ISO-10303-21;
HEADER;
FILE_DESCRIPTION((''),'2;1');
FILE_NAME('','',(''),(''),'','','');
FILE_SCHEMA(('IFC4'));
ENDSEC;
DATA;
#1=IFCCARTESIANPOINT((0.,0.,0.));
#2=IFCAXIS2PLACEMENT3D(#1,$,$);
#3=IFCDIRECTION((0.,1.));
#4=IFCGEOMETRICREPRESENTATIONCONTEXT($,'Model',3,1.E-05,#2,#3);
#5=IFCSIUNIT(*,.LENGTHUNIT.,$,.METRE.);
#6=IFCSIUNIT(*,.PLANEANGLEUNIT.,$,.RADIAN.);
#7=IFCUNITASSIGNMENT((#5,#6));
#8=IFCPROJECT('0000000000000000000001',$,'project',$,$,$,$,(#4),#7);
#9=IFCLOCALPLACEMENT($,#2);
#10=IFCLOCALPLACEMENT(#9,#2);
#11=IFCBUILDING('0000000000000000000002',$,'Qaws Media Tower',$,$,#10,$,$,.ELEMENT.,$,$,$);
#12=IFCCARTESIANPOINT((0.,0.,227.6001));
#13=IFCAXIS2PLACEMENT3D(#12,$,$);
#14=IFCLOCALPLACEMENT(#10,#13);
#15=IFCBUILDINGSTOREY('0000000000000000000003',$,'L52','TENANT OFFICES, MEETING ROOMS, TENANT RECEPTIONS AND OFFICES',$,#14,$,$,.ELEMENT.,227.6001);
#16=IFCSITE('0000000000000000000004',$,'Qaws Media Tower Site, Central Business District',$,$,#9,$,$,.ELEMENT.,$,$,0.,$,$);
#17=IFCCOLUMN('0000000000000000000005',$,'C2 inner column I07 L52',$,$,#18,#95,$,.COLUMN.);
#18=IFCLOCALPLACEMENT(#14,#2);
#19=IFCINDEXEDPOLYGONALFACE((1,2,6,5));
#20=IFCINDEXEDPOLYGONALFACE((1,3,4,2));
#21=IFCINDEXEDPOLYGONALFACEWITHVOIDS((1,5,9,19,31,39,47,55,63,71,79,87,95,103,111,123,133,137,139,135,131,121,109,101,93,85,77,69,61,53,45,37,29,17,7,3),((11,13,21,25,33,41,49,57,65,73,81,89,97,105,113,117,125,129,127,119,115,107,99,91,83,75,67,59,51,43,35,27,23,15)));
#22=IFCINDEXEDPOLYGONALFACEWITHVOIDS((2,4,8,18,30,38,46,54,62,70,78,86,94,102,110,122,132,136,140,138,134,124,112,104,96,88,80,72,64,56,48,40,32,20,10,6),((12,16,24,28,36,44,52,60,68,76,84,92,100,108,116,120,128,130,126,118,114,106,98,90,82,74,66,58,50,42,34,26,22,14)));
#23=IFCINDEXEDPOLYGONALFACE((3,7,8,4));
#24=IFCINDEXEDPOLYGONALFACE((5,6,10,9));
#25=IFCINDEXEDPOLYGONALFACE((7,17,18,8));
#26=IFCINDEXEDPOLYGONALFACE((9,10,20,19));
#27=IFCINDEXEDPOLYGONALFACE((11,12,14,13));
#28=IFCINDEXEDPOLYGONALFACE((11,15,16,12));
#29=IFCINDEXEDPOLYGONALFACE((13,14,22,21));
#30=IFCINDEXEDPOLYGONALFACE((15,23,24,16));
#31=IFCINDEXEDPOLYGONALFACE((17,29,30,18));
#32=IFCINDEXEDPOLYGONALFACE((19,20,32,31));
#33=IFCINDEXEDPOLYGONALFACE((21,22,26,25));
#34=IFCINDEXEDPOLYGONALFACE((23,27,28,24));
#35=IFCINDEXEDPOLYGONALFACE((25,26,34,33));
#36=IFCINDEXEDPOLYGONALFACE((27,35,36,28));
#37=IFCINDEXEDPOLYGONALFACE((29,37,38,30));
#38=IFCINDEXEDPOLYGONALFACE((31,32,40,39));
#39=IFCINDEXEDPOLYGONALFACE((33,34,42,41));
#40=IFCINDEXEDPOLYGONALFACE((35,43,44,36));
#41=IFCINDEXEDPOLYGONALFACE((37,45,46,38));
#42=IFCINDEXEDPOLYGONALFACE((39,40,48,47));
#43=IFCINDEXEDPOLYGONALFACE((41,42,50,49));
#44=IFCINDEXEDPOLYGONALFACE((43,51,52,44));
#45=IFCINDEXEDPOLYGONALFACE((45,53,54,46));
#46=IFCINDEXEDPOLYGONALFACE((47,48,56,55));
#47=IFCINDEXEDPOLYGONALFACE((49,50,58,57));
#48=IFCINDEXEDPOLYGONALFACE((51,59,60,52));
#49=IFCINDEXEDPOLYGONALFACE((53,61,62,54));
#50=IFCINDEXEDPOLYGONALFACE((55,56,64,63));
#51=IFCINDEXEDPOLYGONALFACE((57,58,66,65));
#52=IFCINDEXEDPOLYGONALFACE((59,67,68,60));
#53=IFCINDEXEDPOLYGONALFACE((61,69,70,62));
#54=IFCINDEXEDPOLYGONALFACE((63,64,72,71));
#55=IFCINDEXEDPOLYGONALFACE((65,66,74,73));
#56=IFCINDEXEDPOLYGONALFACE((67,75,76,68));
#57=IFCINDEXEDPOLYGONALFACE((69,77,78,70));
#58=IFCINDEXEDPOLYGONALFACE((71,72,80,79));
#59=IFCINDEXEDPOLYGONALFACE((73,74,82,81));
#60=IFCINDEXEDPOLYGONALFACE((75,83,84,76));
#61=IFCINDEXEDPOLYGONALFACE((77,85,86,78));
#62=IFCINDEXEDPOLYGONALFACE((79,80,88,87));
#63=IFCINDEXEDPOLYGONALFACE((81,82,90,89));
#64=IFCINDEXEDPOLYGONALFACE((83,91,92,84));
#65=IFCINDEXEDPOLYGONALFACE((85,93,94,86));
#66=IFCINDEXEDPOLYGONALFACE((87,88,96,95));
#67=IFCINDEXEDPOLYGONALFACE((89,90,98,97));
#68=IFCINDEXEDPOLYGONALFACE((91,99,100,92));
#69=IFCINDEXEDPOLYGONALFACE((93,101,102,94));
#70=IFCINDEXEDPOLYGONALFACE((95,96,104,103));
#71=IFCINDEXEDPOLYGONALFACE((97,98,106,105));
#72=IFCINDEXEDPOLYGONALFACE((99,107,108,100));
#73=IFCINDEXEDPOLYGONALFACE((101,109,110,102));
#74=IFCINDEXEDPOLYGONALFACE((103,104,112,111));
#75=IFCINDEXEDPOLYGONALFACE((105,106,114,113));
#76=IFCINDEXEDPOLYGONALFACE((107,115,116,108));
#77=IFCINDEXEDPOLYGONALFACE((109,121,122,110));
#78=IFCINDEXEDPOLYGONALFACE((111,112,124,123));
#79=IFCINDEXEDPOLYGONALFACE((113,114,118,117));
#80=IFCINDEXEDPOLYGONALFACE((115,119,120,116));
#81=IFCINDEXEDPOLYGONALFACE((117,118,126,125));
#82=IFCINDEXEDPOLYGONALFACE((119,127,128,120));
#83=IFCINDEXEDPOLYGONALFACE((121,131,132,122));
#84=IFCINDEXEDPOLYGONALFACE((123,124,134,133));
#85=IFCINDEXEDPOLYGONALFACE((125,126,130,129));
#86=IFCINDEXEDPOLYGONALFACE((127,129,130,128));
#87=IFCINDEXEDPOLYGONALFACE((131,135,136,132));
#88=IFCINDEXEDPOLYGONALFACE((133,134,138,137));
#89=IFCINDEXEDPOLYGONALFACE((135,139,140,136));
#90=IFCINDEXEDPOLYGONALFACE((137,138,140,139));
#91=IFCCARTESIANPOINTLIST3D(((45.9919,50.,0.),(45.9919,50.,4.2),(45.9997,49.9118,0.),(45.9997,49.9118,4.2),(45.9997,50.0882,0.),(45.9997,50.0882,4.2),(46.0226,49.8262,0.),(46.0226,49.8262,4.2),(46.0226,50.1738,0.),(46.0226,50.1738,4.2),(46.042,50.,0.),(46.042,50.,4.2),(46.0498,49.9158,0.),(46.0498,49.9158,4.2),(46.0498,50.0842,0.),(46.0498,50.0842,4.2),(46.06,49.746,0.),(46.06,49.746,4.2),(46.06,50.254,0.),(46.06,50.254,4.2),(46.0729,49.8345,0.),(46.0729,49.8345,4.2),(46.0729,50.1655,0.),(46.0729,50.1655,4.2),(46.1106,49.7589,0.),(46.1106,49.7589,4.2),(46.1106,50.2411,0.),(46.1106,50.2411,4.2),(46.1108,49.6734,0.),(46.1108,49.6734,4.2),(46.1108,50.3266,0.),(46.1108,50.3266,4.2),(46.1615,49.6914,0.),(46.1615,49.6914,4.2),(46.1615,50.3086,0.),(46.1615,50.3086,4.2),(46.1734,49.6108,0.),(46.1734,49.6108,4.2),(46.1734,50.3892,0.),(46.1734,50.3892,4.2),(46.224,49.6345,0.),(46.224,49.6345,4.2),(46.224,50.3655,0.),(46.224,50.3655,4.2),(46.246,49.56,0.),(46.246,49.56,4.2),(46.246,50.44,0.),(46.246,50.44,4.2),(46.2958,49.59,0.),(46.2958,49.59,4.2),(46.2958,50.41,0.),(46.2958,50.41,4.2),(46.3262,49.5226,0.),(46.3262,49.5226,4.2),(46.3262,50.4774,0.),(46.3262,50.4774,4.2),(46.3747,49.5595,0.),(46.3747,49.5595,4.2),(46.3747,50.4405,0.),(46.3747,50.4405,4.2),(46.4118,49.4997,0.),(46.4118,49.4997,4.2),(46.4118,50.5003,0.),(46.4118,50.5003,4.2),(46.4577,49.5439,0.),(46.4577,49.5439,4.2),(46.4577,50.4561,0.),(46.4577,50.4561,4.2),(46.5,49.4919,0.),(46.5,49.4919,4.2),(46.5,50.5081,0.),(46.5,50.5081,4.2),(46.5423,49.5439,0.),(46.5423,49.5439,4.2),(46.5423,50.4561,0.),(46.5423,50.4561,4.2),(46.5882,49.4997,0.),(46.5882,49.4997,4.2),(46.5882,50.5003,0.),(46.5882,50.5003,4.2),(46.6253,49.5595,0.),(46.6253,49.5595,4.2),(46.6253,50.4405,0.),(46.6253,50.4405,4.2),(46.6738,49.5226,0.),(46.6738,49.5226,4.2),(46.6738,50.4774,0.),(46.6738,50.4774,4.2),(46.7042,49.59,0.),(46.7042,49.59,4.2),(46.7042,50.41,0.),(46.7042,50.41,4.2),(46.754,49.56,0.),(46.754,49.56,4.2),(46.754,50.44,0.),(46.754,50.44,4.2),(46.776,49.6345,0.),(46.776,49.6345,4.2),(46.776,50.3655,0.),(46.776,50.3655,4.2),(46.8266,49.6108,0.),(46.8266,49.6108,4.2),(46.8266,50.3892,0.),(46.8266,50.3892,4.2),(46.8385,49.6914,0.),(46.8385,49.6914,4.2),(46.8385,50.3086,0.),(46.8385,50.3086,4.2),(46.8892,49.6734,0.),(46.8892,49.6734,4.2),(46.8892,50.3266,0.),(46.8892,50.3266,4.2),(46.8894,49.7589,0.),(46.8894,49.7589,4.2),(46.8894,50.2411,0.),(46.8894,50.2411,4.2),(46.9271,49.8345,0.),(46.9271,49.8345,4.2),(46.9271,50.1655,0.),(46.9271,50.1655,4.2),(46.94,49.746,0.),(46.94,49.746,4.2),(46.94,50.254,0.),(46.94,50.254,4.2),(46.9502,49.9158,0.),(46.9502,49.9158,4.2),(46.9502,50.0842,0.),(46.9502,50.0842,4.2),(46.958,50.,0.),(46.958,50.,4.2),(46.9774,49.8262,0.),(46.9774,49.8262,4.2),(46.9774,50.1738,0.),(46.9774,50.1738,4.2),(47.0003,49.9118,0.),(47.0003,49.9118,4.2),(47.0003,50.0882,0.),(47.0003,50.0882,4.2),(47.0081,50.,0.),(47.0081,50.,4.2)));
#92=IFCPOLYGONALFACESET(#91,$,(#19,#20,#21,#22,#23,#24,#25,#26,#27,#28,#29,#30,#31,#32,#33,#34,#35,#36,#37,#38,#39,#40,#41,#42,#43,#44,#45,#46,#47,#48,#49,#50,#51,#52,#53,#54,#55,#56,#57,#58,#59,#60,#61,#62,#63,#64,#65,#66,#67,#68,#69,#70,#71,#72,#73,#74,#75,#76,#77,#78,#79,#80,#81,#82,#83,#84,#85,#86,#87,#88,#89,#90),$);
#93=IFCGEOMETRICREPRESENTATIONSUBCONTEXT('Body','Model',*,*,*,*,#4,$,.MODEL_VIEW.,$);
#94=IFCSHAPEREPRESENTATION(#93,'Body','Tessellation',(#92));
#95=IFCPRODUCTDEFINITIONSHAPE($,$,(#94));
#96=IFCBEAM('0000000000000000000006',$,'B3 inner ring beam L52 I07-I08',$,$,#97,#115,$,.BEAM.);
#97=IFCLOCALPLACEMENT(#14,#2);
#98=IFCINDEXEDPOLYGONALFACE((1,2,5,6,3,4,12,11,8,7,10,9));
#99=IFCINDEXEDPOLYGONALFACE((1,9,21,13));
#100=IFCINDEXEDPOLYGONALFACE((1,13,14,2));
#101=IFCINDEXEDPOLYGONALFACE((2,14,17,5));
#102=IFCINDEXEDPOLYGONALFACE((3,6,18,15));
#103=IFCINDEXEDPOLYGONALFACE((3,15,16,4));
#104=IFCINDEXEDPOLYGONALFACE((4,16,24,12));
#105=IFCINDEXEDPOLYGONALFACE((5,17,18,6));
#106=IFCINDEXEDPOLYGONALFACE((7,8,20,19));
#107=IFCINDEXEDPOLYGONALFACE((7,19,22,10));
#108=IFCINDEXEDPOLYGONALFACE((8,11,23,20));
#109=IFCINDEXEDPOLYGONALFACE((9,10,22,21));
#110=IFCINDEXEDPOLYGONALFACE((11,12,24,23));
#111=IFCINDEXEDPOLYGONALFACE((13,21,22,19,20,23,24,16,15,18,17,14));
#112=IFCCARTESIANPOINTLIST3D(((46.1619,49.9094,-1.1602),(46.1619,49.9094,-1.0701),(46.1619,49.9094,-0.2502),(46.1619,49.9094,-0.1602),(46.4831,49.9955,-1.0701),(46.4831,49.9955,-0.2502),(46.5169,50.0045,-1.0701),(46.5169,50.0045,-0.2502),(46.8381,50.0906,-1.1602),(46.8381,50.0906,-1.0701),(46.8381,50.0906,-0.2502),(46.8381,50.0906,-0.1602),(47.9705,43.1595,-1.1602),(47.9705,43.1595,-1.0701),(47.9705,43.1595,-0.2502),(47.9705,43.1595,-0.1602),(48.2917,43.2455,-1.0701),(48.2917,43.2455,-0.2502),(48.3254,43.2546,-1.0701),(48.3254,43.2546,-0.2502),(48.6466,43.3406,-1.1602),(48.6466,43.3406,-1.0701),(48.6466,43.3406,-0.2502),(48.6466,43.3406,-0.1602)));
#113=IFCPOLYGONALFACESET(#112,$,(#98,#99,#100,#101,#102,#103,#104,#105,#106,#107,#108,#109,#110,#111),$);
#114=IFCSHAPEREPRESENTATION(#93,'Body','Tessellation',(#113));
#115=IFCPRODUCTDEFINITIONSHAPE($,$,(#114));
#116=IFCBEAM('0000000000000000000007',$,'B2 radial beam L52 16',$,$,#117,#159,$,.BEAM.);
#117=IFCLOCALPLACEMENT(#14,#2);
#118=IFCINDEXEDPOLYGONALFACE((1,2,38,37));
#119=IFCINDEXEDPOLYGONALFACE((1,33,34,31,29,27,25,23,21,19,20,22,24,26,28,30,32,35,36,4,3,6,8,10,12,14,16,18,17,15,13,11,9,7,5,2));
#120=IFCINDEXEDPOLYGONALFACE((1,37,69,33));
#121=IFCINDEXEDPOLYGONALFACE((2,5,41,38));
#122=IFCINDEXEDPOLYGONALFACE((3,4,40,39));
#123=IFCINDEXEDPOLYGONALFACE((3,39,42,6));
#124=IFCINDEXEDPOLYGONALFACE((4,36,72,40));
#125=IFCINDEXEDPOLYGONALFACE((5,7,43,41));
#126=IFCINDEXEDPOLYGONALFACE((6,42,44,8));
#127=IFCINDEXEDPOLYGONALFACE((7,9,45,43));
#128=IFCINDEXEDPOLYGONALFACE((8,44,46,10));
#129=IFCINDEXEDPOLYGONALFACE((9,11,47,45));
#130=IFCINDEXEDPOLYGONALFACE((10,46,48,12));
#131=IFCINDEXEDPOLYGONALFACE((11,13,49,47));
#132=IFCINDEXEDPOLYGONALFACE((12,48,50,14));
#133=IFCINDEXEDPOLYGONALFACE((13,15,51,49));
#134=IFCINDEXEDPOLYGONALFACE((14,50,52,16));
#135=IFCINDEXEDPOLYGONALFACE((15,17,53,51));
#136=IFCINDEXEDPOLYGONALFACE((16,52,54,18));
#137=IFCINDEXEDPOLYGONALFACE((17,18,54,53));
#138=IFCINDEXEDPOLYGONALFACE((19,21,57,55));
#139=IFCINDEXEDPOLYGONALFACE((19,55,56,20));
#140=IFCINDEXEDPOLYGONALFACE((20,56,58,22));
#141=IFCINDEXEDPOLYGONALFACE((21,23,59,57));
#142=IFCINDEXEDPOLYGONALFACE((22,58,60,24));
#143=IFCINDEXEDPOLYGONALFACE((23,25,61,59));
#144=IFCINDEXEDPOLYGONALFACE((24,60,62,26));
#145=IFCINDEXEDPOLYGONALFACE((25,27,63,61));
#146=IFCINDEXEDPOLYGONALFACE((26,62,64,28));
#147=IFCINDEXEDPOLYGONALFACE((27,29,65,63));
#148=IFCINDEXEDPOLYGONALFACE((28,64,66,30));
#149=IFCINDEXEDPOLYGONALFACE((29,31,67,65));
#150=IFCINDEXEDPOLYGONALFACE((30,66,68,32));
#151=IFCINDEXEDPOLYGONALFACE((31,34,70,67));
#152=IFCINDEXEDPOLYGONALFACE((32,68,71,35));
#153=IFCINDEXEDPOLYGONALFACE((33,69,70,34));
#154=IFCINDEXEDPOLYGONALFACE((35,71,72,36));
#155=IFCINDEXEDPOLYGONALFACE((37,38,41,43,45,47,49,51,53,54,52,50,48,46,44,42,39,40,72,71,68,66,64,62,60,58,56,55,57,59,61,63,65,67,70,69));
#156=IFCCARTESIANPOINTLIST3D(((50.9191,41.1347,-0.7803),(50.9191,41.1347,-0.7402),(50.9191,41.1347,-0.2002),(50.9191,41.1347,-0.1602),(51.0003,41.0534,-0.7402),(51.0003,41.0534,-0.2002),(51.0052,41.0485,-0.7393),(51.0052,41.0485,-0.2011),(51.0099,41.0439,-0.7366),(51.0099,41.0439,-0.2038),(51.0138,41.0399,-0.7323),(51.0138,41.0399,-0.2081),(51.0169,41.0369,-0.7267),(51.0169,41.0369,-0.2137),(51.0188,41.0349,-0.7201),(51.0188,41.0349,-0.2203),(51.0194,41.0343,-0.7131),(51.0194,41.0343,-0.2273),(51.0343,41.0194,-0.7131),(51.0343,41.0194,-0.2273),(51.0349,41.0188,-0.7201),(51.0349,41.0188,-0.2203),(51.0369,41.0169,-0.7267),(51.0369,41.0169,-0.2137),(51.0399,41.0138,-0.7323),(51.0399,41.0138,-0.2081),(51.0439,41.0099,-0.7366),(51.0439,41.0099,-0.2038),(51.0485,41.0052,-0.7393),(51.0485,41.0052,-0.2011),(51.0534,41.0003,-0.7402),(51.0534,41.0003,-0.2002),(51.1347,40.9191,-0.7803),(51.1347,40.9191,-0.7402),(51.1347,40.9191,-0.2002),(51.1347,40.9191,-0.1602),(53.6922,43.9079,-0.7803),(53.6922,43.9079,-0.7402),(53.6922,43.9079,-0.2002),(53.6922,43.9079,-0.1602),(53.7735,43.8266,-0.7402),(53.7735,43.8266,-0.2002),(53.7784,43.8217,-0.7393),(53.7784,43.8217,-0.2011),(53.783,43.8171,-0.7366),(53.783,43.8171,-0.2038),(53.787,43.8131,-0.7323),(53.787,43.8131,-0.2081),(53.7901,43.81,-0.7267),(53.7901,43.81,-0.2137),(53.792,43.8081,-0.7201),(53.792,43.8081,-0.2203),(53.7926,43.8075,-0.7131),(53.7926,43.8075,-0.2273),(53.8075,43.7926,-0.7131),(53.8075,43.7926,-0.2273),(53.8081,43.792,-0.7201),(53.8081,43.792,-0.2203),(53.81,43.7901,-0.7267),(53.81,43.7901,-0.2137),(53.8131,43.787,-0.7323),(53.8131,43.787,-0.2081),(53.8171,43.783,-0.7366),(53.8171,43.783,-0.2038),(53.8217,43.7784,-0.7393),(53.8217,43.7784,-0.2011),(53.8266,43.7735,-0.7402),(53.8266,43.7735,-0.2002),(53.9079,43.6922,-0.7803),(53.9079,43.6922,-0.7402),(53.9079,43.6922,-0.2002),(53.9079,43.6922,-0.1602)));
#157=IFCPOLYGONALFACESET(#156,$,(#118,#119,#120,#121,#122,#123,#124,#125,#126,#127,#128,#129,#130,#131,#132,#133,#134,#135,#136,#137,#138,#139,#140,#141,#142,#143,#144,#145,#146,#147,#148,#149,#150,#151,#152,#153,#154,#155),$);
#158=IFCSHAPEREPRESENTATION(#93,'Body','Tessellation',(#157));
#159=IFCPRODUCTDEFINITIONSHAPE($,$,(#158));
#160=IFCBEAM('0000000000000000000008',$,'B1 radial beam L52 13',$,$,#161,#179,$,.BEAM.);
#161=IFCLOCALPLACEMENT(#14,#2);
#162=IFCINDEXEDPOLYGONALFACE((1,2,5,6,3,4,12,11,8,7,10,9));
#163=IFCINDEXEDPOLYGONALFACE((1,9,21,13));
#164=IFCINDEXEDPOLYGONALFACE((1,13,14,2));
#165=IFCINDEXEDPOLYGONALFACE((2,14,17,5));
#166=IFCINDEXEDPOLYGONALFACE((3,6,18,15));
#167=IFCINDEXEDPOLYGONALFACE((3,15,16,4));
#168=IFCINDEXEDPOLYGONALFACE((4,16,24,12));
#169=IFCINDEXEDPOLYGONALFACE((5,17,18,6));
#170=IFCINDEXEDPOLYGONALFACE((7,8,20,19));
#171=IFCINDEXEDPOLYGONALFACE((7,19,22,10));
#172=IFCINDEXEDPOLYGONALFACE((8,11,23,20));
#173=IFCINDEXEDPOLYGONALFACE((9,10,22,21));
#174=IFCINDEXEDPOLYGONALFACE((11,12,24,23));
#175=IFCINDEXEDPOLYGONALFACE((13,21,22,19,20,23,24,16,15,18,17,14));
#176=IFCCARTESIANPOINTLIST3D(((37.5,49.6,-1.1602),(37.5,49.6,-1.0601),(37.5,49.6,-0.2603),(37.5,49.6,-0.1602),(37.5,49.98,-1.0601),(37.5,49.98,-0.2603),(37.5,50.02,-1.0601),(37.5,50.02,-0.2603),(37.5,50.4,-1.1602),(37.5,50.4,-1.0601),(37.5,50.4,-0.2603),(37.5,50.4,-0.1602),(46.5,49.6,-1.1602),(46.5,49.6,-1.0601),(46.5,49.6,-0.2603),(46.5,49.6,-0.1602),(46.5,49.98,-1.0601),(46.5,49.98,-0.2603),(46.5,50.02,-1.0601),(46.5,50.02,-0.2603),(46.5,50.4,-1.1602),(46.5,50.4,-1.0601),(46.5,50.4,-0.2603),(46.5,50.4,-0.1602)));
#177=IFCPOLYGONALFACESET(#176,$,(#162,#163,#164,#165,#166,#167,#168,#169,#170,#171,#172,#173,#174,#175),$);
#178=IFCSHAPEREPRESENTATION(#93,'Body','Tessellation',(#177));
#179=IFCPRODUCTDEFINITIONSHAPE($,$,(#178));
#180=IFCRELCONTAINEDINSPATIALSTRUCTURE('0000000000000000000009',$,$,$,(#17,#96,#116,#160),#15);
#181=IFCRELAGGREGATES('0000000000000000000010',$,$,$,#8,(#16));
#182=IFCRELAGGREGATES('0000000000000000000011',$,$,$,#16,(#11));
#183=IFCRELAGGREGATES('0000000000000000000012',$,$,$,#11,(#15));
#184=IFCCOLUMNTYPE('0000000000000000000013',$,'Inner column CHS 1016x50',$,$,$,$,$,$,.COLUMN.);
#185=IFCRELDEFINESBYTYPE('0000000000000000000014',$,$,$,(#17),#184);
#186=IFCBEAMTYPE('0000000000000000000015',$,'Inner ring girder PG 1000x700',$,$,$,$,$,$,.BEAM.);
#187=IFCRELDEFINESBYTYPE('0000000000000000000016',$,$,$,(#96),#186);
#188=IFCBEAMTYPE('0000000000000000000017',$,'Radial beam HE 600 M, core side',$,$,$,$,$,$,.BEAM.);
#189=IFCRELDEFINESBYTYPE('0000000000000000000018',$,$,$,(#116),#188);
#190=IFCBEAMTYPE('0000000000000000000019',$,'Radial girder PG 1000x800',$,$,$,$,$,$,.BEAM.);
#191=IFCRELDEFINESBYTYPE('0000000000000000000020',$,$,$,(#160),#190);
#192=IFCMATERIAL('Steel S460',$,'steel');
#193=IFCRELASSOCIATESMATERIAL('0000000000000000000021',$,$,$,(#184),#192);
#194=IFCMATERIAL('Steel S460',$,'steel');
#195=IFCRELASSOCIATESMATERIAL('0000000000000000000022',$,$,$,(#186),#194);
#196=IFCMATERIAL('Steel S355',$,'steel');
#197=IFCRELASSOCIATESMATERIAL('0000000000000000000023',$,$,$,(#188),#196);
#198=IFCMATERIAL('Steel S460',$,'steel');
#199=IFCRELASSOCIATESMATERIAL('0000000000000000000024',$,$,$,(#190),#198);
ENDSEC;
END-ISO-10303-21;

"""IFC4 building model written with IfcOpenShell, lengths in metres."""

from ifc_helpers import new_model, si_unit, direction, frame, origin, origin_2d, place, context, subcontext, project, spatial, hollow_circle, i_section, extrude, material, material_profile, profile_set, type_object, element, save


model = new_model("IFC4")

# Units and contexts
model_context = context("Model", 3, precision=1e-05, world=origin(), true_north=direction((0.0, 1.0)))
body_context = subcontext(model_context, "Body", "Model", "MODEL_VIEW")
ifc_project = project(units=[si_unit("LENGTHUNIT", "METRE"), si_unit("PLANEANGLEUNIT", "RADIAN")], contexts=[model_context])

# Site, building, storey
site_placement = place(None, origin())
site = spatial("IfcSite", under=ifc_project, at=site_placement, Name="Qaws Media Tower Site, Central Business District", CompositionType="ELEMENT", RefElevation=0.0)
building_placement = place(site_placement, origin())
building = spatial("IfcBuilding", under=site, at=building_placement, Name="Qaws Media Tower", CompositionType="ELEMENT")
storey_placement = place(building_placement, frame((0.0, 0.0, 227.6001)))
storey = spatial("IfcBuildingStorey", under=building, at=storey_placement, Name="L52", Description="TENANT OFFICES, MEETING ROOMS, TENANT RECEPTIONS AND OFFICES", CompositionType="ELEMENT", Elevation=227.6001)

# Column
ifc_material_1 = material(Name="Steel S460", Category="steel")
ifc_material_profile_1 = material_profile(ifc_material_1, hollow_circle(Radius=0.5081, WallThickness=0.05, at=origin_2d()), Name="CHS 1016x50")
ifc_profile_set_1 = profile_set([ifc_material_profile_1], Name="Steel S460")
column_type = type_object("IfcColumnType", Name="Inner column CHS 1016x50", PredefinedType="COLUMN", material=ifc_profile_set_1)
column_placement = place(storey_placement, frame((46.5, 50.0, 0.0), z_axis=(0.0, 0.0, 1.0), x_axis=(1.0, 0.0, 0.0)))
element("IfcColumn", 1, at=column_placement, inside=storey, type_object=column_type, Name="C2 inner column I07 L52", PredefinedType="COLUMN", context=body_context, shape_type="SweptSolid", body=[
    extrude(hollow_circle(Radius=0.5081, WallThickness=0.05, at=origin_2d()), origin(), (0.0, 0.0, 1.0), 4.2),
])

# Beams
ifc_material_2 = material(Name="Steel S460", Category="steel")
ifc_material_profile_2 = material_profile(ifc_material_2, i_section(OverallWidth=0.7, OverallDepth=1.0, WebThickness=0.0349, FlangeThickness=0.0901, at=origin_2d()), Name="PG 1000x700")
ifc_profile_set_2 = profile_set([ifc_material_profile_2], Name="Steel S460")
beam_type_1 = type_object("IfcBeamType", Name="Inner ring girder PG 1000x700", PredefinedType="BEAM", material=ifc_profile_set_2)
beam_1_placement = place(storey_placement, frame((46.5, 50.0, -0.6602), z_axis=(0.258811, -0.965928, 0.0), x_axis=(0.965928, 0.258811, 0.0)))
element("IfcBeam", 2, at=beam_1_placement, inside=storey, type_object=beam_type_1, Name="B3 inner ring beam L52 I07-I08", PredefinedType="BEAM", context=body_context, shape_type="SweptSolid", body=[
    extrude(i_section(OverallWidth=0.7, OverallDepth=1.0, WebThickness=0.0349, FlangeThickness=0.0901, at=origin_2d()), origin(), (0.0, 0.0, 1.0), 6.988),
])
ifc_material_3 = material(Name="Steel S355", Category="steel")
ifc_material_profile_3 = material_profile(ifc_material_3, i_section(OverallWidth=0.3049, OverallDepth=0.6201, WebThickness=0.021, FlangeThickness=0.04, FilletRadius=0.0271, at=origin_2d()), Name="HE 600 M")
ifc_profile_set_3 = profile_set([ifc_material_profile_3], Name="Steel S355")
beam_type_2 = type_object("IfcBeamType", Name="Radial beam HE 600 M, core side", PredefinedType="BEAM", material=ifc_profile_set_3)
beam_2_placement = place(storey_placement, frame((53.8, 43.8, -0.4702), z_axis=(-0.707107, -0.707107, 0.0), x_axis=(0.707107, -0.707107, 0.0)))
element("IfcBeam", 3, at=beam_2_placement, inside=storey, type_object=beam_type_2, Name="B2 radial beam L52 16", PredefinedType="BEAM", context=body_context, shape_type="SweptSolid", body=[
    extrude(i_section(OverallWidth=0.3049, OverallDepth=0.6201, WebThickness=0.021, FlangeThickness=0.04, FilletRadius=0.0271, at=origin_2d()), origin(), (0.0, 0.0, 1.0), 3.9219),
])
ifc_material_4 = material(Name="Steel S460", Category="steel")
ifc_material_profile_4 = material_profile(ifc_material_4, i_section(OverallWidth=0.8, OverallDepth=1.0, WebThickness=0.04, FlangeThickness=0.1001, at=origin_2d()), Name="PG 1000x800")
ifc_profile_set_4 = profile_set([ifc_material_profile_4], Name="Steel S460")
beam_type_3 = type_object("IfcBeamType", Name="Radial girder PG 1000x800", PredefinedType="BEAM", material=ifc_profile_set_4)
beam_3_placement = place(storey_placement, frame((46.5, 50.0, -0.6602), z_axis=(-1.0, 0.0, 0.0), x_axis=(0.0, -1.0, 0.0)))
element("IfcBeam", 4, at=beam_3_placement, inside=storey, type_object=beam_type_3, Name="B1 radial beam L52 13", PredefinedType="BEAM", context=body_context, shape_type="SweptSolid", body=[
    extrude(i_section(OverallWidth=0.8, OverallDepth=1.0, WebThickness=0.04, FlangeThickness=0.1001, at=origin_2d()), origin(), (0.0, 0.0, 1.0), 9.0),
])

save(model, "model.ifc")
